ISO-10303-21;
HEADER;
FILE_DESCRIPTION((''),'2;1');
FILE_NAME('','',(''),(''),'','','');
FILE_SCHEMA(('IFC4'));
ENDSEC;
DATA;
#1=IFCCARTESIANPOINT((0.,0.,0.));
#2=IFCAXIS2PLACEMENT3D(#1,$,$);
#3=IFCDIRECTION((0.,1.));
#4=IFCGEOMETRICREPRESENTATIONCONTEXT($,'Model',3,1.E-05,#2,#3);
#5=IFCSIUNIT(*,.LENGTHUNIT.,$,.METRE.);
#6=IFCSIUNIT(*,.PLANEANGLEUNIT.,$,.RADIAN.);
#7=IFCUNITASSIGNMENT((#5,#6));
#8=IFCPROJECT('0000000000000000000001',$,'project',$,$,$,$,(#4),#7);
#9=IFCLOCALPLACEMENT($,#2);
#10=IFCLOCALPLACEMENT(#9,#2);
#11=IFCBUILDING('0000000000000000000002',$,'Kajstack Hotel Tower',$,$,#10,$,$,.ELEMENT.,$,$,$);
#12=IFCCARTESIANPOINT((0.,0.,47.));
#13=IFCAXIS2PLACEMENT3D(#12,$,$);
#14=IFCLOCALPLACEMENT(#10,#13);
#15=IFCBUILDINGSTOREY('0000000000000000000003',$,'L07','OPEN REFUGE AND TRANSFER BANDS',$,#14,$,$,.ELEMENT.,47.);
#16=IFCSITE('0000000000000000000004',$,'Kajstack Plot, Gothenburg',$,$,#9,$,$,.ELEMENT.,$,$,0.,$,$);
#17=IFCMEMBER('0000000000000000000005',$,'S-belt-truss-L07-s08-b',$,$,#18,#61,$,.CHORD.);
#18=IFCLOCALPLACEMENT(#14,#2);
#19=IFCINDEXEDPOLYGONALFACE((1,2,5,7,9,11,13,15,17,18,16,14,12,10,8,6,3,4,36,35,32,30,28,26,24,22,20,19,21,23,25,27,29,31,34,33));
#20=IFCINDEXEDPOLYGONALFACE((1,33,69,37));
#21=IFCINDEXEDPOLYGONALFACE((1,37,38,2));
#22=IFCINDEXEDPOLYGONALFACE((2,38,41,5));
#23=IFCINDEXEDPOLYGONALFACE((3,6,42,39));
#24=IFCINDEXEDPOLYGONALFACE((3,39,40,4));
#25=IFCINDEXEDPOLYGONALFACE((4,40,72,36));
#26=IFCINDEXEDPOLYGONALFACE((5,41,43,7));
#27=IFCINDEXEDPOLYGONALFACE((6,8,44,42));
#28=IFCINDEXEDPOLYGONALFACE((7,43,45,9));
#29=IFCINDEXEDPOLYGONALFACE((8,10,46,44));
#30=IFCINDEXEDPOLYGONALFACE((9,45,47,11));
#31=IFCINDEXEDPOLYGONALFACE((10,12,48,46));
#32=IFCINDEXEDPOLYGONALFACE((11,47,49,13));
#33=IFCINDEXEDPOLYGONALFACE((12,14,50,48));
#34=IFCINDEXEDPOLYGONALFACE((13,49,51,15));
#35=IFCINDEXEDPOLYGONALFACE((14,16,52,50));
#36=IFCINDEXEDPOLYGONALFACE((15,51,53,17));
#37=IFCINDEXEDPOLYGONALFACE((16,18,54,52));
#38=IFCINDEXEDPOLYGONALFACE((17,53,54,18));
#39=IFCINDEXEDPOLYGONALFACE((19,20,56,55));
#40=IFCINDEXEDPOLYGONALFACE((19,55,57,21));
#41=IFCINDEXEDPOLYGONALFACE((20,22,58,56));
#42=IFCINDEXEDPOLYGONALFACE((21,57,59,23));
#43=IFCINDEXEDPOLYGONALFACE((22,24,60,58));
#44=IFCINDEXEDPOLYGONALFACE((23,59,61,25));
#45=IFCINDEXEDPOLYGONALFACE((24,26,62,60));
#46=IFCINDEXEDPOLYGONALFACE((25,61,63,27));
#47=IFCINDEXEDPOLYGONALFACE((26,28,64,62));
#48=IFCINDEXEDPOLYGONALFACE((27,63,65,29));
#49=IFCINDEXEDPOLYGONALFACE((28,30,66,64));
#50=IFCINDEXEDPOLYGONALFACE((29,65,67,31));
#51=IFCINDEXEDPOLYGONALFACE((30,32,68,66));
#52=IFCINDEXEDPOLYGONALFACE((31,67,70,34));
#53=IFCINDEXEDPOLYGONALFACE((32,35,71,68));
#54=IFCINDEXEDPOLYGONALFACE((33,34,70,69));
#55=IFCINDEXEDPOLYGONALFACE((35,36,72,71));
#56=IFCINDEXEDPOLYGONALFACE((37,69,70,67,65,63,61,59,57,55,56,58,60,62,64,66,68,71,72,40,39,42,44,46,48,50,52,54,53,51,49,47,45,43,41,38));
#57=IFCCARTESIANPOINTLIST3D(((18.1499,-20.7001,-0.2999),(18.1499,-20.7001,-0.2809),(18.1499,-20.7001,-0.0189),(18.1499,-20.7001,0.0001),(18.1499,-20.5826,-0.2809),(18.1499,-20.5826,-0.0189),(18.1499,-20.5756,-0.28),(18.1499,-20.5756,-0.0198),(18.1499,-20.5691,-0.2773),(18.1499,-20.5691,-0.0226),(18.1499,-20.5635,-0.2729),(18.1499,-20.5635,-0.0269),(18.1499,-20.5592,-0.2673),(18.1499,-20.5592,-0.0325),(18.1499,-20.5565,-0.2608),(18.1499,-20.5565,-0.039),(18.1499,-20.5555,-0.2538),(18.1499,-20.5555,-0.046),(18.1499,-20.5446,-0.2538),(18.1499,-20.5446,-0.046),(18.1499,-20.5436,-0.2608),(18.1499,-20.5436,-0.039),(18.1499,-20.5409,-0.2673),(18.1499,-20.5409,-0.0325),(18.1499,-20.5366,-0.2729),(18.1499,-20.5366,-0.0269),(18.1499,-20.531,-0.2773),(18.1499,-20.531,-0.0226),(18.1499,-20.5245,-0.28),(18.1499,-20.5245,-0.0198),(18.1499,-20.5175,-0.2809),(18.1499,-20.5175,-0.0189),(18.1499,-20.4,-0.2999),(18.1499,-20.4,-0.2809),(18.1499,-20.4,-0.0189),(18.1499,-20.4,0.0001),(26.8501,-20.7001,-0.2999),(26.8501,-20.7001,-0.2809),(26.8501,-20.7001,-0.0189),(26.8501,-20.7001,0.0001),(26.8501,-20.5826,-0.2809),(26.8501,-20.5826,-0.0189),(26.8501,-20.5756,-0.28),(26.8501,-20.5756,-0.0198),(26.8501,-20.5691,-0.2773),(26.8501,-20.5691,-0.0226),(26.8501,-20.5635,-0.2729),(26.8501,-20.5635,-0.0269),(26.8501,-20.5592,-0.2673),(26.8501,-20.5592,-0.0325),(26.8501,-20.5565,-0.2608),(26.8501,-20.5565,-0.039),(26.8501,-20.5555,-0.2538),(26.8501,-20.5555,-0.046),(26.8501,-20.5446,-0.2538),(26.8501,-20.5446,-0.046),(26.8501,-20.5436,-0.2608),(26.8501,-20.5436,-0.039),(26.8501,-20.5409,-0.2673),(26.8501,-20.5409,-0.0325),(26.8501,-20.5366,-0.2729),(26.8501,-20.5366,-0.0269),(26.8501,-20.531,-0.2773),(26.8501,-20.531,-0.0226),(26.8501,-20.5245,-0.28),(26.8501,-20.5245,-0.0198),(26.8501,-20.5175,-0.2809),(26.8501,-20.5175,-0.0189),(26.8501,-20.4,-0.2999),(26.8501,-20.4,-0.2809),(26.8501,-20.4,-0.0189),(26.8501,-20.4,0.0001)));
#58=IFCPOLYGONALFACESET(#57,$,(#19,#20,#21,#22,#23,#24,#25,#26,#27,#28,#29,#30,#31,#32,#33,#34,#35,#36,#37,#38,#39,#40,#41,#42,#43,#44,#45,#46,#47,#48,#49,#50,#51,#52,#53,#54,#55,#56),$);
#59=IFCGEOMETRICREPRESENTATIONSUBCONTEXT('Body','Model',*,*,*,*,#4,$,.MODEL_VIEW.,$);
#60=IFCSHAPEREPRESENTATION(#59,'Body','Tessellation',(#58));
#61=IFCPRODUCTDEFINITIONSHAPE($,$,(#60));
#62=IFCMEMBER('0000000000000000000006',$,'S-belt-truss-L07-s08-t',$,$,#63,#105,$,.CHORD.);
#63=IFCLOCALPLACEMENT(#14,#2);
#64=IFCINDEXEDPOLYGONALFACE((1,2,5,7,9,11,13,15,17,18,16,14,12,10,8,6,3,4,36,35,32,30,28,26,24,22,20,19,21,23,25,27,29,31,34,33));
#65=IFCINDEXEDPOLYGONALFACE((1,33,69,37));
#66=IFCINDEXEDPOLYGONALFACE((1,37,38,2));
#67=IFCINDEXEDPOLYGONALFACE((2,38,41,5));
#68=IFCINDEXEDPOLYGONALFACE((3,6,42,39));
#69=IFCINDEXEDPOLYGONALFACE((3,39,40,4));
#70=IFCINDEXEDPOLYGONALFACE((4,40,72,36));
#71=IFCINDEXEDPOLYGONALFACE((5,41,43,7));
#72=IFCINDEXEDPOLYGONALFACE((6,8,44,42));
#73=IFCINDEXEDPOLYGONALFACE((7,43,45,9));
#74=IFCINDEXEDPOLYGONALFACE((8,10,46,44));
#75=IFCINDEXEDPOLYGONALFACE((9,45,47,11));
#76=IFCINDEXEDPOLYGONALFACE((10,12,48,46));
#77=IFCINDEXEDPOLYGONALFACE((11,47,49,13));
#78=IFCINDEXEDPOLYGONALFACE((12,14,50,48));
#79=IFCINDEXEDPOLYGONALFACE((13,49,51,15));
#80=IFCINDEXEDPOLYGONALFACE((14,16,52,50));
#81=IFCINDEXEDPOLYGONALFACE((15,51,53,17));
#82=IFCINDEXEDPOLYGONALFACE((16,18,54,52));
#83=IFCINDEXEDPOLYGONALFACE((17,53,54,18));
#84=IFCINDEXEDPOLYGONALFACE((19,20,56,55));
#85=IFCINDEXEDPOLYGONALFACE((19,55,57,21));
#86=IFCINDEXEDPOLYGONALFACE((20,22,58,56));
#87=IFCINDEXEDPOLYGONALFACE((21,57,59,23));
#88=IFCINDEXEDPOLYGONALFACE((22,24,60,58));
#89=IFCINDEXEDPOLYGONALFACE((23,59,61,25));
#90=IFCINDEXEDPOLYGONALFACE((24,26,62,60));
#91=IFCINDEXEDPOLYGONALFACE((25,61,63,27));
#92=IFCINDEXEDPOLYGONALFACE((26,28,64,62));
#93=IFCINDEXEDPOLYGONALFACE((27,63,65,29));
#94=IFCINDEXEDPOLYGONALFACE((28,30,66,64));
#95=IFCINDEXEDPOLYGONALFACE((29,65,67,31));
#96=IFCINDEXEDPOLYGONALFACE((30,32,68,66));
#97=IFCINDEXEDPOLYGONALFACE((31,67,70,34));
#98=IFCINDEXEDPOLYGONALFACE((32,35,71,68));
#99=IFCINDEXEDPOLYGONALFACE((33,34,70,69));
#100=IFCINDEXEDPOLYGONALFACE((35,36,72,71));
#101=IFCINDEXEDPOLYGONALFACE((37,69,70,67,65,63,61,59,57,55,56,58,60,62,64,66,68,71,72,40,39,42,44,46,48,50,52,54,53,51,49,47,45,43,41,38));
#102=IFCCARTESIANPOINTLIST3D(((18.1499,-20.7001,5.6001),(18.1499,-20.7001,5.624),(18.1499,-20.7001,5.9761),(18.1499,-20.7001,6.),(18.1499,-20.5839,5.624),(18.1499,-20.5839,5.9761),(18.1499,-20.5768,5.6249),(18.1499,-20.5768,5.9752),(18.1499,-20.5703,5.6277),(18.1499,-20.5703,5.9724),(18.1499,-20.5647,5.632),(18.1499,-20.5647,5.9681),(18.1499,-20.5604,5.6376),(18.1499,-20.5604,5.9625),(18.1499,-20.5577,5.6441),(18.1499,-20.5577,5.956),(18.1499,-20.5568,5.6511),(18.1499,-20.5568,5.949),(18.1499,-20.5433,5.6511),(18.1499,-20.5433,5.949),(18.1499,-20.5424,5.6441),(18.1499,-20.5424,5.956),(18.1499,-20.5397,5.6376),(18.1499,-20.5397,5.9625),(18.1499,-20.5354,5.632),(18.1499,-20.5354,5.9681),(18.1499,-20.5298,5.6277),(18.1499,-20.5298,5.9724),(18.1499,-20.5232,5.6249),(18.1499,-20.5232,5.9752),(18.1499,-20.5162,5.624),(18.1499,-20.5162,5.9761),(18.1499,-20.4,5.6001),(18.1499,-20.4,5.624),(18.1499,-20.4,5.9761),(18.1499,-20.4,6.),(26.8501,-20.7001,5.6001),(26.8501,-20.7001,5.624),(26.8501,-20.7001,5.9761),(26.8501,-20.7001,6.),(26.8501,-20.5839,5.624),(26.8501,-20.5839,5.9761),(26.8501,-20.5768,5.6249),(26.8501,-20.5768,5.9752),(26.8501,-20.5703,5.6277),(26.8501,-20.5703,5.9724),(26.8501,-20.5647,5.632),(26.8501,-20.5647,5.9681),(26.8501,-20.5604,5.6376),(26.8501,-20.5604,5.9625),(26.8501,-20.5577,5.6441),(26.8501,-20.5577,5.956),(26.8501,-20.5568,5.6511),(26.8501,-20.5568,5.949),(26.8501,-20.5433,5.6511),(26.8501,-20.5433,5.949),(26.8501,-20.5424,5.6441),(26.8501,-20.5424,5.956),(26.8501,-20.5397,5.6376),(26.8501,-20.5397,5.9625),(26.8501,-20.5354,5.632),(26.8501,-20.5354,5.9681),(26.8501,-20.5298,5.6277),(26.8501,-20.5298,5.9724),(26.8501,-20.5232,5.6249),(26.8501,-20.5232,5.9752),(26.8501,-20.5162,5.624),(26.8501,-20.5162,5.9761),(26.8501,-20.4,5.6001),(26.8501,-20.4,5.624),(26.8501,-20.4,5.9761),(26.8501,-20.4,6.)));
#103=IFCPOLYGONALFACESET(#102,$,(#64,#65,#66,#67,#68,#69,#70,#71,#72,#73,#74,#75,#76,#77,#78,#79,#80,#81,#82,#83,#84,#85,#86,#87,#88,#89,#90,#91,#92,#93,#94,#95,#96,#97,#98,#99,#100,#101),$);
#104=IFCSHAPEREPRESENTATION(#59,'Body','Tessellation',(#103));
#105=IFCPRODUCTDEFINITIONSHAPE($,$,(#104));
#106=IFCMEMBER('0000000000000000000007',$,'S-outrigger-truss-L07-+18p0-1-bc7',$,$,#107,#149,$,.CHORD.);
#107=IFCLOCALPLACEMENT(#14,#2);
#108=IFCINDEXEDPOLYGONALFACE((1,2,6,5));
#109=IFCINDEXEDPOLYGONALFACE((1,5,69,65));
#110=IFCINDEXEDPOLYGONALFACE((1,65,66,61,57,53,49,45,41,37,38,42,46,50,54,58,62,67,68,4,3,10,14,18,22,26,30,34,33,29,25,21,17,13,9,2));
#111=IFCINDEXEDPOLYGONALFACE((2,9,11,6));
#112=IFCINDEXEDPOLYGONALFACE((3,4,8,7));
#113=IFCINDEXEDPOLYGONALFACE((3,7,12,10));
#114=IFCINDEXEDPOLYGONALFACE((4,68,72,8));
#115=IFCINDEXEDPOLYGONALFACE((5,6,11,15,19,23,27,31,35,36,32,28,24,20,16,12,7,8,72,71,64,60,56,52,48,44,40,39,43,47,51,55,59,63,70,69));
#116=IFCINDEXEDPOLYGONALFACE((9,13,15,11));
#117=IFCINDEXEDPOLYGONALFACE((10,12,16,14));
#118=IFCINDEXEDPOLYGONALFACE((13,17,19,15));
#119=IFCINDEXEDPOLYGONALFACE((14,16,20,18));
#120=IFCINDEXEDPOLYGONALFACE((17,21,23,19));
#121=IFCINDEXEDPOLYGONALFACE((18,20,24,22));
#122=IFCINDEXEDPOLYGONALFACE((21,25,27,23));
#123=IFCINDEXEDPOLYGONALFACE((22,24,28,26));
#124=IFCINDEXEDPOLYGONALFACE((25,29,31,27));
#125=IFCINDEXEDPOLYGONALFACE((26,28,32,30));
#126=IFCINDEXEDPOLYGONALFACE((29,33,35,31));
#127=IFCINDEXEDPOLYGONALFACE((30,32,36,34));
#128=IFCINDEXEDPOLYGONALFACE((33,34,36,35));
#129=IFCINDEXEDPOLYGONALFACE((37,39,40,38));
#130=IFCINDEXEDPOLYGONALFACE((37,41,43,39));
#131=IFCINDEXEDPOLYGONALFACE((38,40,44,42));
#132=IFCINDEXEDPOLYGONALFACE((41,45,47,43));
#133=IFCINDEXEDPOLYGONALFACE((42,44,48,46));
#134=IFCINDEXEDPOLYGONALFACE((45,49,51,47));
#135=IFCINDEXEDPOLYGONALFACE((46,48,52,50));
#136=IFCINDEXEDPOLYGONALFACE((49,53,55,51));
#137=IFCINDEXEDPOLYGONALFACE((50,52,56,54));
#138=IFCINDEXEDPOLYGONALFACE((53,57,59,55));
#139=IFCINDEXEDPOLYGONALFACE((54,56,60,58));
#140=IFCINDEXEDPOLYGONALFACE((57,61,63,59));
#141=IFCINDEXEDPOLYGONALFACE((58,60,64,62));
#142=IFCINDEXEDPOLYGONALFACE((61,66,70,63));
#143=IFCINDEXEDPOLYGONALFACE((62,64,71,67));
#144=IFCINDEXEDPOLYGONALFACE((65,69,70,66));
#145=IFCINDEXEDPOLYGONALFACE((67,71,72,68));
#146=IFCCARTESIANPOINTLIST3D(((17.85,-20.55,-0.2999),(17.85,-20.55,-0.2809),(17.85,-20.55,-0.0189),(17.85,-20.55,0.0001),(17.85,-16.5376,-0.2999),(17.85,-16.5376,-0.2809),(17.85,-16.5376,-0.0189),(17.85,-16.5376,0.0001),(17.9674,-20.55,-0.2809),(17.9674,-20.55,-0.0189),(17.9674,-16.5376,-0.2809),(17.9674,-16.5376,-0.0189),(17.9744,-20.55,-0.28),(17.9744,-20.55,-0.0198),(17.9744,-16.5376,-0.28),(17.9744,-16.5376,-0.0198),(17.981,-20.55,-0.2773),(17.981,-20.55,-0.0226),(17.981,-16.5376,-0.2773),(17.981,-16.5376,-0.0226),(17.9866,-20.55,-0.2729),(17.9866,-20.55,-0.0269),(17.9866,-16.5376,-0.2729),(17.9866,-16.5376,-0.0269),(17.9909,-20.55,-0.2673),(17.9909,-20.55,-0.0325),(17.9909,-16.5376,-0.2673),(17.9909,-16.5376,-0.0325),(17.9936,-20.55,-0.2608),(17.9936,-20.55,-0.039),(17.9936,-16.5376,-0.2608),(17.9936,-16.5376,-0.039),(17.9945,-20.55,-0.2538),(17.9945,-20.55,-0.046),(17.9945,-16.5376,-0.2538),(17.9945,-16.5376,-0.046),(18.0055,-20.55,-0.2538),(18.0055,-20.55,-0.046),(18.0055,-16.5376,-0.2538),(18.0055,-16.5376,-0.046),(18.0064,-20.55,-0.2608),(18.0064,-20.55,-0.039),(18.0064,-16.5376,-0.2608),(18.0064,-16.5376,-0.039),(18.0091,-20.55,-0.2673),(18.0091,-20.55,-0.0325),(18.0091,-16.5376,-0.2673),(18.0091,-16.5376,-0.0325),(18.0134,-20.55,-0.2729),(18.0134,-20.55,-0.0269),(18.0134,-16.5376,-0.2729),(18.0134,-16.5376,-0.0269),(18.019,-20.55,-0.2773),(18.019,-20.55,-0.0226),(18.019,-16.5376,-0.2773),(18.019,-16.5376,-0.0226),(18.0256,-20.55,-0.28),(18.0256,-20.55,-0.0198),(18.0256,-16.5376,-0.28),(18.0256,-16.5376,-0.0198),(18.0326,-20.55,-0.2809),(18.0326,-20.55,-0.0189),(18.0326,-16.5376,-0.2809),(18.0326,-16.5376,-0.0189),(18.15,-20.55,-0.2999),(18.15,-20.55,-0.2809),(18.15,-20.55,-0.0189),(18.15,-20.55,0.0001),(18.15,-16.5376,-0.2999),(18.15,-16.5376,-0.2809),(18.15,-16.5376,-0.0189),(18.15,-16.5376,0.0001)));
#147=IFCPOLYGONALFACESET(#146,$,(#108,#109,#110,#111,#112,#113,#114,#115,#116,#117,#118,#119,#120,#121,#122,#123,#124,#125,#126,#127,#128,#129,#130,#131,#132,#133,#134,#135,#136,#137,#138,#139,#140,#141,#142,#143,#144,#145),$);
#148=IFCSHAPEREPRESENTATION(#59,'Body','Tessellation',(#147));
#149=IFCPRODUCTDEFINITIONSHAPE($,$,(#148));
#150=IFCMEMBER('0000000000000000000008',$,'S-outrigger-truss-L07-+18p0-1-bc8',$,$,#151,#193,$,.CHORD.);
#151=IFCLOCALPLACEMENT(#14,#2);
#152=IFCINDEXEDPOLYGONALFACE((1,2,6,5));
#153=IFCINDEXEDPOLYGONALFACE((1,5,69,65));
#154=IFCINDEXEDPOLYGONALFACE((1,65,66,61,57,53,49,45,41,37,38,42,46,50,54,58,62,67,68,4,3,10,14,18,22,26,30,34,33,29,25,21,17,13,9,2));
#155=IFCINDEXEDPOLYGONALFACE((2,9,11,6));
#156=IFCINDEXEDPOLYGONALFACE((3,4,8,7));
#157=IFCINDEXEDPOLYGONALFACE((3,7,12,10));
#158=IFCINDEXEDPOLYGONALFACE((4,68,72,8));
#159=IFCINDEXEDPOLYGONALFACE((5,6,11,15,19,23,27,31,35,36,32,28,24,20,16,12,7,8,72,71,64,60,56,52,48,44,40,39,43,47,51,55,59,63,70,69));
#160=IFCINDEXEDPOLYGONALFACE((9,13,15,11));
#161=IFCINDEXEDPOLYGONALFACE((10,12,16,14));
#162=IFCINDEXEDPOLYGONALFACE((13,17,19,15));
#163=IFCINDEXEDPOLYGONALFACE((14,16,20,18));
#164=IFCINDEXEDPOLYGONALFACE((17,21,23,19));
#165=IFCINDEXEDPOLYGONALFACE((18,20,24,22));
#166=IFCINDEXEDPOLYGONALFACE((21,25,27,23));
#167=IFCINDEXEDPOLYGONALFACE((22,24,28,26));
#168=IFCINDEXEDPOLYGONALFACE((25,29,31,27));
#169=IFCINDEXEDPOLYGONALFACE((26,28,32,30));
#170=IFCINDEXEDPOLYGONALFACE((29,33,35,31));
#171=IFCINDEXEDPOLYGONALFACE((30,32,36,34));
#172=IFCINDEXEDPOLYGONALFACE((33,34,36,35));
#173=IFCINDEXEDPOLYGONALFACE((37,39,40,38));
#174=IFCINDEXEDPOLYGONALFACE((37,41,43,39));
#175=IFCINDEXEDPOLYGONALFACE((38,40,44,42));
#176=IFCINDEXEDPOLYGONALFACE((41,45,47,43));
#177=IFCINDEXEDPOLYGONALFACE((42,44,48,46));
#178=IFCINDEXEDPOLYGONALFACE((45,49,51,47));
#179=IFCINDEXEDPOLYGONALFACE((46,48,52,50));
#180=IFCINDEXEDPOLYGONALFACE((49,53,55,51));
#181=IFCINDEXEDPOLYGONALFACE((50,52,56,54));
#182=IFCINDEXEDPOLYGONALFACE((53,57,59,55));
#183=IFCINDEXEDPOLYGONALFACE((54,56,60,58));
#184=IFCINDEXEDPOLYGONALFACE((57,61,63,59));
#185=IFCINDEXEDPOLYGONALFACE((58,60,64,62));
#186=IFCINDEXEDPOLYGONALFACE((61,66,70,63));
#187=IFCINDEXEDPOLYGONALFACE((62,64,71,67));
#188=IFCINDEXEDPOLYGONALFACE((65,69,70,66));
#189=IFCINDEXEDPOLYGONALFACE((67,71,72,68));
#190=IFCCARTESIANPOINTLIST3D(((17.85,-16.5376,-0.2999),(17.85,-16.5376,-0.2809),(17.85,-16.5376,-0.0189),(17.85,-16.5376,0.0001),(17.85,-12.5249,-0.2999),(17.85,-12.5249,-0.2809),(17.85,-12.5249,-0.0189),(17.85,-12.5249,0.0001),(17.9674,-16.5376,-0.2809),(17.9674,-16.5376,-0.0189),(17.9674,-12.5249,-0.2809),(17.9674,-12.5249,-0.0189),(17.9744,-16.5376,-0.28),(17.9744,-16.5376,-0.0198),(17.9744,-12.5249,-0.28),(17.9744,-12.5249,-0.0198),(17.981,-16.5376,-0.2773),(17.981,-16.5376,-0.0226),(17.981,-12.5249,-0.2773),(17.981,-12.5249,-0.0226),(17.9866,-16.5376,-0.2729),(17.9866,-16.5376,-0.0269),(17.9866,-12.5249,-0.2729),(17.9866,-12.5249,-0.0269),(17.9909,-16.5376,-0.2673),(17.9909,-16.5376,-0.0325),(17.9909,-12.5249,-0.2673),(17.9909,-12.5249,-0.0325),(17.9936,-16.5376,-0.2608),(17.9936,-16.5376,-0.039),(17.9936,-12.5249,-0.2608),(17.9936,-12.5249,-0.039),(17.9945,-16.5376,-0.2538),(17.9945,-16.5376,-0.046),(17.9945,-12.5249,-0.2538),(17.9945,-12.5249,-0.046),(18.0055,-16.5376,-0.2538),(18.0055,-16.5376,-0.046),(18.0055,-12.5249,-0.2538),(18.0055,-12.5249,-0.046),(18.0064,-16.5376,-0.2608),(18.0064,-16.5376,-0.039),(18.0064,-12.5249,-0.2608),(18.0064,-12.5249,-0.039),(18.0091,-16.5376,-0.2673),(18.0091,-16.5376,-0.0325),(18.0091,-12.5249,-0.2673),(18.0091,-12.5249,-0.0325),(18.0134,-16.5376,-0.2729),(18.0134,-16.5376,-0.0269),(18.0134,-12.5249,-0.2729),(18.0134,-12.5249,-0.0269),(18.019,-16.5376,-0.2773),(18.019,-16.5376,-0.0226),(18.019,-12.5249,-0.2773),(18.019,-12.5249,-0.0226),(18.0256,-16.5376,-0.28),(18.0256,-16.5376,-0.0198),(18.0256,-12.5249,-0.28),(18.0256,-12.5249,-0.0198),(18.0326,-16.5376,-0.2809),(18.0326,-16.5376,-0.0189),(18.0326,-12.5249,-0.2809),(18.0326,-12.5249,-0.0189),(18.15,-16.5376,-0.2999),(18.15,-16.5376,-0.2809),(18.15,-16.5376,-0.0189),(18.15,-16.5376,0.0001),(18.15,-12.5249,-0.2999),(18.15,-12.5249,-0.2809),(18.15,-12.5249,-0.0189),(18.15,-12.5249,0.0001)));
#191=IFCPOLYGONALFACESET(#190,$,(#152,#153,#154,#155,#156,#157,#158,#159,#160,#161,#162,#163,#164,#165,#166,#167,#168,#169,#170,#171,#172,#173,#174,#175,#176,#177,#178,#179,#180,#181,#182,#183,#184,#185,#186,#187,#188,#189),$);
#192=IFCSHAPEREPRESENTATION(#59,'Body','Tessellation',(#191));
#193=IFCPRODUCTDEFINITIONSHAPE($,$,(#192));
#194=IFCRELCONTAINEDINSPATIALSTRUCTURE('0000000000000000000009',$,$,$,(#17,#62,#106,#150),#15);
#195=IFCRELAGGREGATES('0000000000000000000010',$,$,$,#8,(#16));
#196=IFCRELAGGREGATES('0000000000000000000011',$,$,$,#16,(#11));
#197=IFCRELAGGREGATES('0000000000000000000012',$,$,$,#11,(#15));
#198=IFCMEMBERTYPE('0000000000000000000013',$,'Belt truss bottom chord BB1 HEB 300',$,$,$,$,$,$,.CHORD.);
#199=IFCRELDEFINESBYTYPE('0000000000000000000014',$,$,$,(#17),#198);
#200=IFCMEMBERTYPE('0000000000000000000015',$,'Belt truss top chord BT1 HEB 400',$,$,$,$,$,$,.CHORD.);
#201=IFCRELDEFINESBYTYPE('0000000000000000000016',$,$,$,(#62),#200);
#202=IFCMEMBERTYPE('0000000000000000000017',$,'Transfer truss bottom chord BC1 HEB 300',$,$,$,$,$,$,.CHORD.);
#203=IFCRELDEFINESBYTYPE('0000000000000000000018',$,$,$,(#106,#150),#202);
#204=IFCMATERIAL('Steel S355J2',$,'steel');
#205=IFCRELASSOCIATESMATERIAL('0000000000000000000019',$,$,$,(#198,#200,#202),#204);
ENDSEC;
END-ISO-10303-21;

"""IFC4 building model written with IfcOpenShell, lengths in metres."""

from ifc_helpers import new_model, si_unit, direction, frame, origin, origin_2d, place, context, subcontext, project, spatial, i_section, extrude, material, material_profile, profile_set, type_object, element, save


model = new_model("IFC4")

# Units and contexts
model_context = context("Model", 3, precision=1e-05, world=origin(), true_north=direction((0.0, 1.0)))
body_context = subcontext(model_context, "Body", "Model", "MODEL_VIEW")
ifc_project = project(units=[si_unit("LENGTHUNIT", "METRE"), si_unit("PLANEANGLEUNIT", "RADIAN")], contexts=[model_context])

# Site, building, storey
site_placement = place(None, origin())
site = spatial("IfcSite", under=ifc_project, at=site_placement, Name="Kajstack Plot, Gothenburg", CompositionType="ELEMENT", RefElevation=0.0)
building_placement = place(site_placement, origin())
building = spatial("IfcBuilding", under=site, at=building_placement, Name="Kajstack Hotel Tower", CompositionType="ELEMENT")
storey_placement = place(building_placement, frame((0.0, 0.0, 47.0)))
storey = spatial("IfcBuildingStorey", under=building, at=storey_placement, Name="L07", Description="OPEN REFUGE AND TRANSFER BANDS", CompositionType="ELEMENT", Elevation=47.0)

# Members
ifc_material_1 = material(Name="Steel S355J2", Category="steel")
ifc_material_profile_1 = material_profile(ifc_material_1, i_section(OverallWidth=0.3, OverallDepth=0.3, WebThickness=0.011, FlangeThickness=0.019, FilletRadius=0.0271, at=origin_2d()), Name="HEB 300")
ifc_profile_set_1 = profile_set([ifc_material_profile_1], Name="Steel S355J2")
member_type_1 = type_object("IfcMemberType", Name="Belt truss bottom chord BB1 HEB 300", PredefinedType="CHORD", material=ifc_profile_set_1)
member_1_placement = place(storey_placement, frame((18.1499, -20.55, -0.1499), z_axis=(1.0, 0.0, 0.0), x_axis=(0.0, 1.0, 0.0)))
element("IfcMember", 1, at=member_1_placement, inside=storey, type_object=member_type_1, Name="S-belt-truss-L07-s08-b", PredefinedType="CHORD", context=body_context, shape_type="SweptSolid", body=[
    extrude(i_section(OverallWidth=0.3, OverallDepth=0.3, WebThickness=0.011, FlangeThickness=0.019, FilletRadius=0.0271, at=origin_2d()), origin(), (0.0, 0.0, 1.0), 8.7002),
])
ifc_material_profile_2 = material_profile(ifc_material_1, i_section(OverallWidth=0.3, OverallDepth=0.3999, WebThickness=0.0134, FlangeThickness=0.0239, FilletRadius=0.0271, at=origin_2d()), Name="HEB 400")
ifc_profile_set_2 = profile_set([ifc_material_profile_2], Name="Steel S355J2")
member_type_2 = type_object("IfcMemberType", Name="Belt truss top chord BT1 HEB 400", PredefinedType="CHORD", material=ifc_profile_set_2)
member_2_placement = place(storey_placement, frame((18.1499, -20.55, 5.8), z_axis=(1.0, 0.0, 0.0), x_axis=(0.0, 1.0, 0.0)))
element("IfcMember", 2, at=member_2_placement, inside=storey, type_object=member_type_2, Name="S-belt-truss-L07-s08-t", PredefinedType="CHORD", context=body_context, shape_type="SweptSolid", body=[
    extrude(i_section(OverallWidth=0.3, OverallDepth=0.3999, WebThickness=0.0134, FlangeThickness=0.0239, FilletRadius=0.0271, at=origin_2d()), origin(), (0.0, 0.0, 1.0), 8.7002),
])
ifc_material_profile_3 = material_profile(ifc_material_1, i_section(OverallWidth=0.3, OverallDepth=0.3, WebThickness=0.011, FlangeThickness=0.019, FilletRadius=0.0271, at=origin_2d()), Name="HEB 300")
ifc_profile_set_3 = profile_set([ifc_material_profile_3], Name="Steel S355J2")
member_type_3 = type_object("IfcMemberType", Name="Transfer truss bottom chord BC1 HEB 300", PredefinedType="CHORD", material=ifc_profile_set_3)
member_3_placement = place(storey_placement, frame((18.0, -20.55, -0.1499), z_axis=(0.0, 1.0, 0.0), x_axis=(-1.0, 0.0, 0.0)))
element("IfcMember", 3, at=member_3_placement, inside=storey, type_object=member_type_3, Name="S-outrigger-truss-L07-+18p0-1-bc7", PredefinedType="CHORD", context=body_context, shape_type="SweptSolid", body=[
    extrude(i_section(OverallWidth=0.3, OverallDepth=0.3, WebThickness=0.011, FlangeThickness=0.019, FilletRadius=0.0271, at=origin_2d()), origin(), (0.0, 0.0, 1.0), 4.0125),
])
member_4_placement = place(storey_placement, frame((18.0, -16.5376, -0.1499), z_axis=(0.0, 1.0, 0.0), x_axis=(-1.0, 0.0, 0.0)))
element("IfcMember", 4, at=member_4_placement, inside=storey, type_object=member_type_3, Name="S-outrigger-truss-L07-+18p0-1-bc8", PredefinedType="CHORD", context=body_context, shape_type="SweptSolid", body=[
    extrude(i_section(OverallWidth=0.3, OverallDepth=0.3, WebThickness=0.011, FlangeThickness=0.019, FilletRadius=0.0271, at=origin_2d()), origin(), (0.0, 0.0, 1.0), 4.0127),
])

save(model, "model.ifc")
